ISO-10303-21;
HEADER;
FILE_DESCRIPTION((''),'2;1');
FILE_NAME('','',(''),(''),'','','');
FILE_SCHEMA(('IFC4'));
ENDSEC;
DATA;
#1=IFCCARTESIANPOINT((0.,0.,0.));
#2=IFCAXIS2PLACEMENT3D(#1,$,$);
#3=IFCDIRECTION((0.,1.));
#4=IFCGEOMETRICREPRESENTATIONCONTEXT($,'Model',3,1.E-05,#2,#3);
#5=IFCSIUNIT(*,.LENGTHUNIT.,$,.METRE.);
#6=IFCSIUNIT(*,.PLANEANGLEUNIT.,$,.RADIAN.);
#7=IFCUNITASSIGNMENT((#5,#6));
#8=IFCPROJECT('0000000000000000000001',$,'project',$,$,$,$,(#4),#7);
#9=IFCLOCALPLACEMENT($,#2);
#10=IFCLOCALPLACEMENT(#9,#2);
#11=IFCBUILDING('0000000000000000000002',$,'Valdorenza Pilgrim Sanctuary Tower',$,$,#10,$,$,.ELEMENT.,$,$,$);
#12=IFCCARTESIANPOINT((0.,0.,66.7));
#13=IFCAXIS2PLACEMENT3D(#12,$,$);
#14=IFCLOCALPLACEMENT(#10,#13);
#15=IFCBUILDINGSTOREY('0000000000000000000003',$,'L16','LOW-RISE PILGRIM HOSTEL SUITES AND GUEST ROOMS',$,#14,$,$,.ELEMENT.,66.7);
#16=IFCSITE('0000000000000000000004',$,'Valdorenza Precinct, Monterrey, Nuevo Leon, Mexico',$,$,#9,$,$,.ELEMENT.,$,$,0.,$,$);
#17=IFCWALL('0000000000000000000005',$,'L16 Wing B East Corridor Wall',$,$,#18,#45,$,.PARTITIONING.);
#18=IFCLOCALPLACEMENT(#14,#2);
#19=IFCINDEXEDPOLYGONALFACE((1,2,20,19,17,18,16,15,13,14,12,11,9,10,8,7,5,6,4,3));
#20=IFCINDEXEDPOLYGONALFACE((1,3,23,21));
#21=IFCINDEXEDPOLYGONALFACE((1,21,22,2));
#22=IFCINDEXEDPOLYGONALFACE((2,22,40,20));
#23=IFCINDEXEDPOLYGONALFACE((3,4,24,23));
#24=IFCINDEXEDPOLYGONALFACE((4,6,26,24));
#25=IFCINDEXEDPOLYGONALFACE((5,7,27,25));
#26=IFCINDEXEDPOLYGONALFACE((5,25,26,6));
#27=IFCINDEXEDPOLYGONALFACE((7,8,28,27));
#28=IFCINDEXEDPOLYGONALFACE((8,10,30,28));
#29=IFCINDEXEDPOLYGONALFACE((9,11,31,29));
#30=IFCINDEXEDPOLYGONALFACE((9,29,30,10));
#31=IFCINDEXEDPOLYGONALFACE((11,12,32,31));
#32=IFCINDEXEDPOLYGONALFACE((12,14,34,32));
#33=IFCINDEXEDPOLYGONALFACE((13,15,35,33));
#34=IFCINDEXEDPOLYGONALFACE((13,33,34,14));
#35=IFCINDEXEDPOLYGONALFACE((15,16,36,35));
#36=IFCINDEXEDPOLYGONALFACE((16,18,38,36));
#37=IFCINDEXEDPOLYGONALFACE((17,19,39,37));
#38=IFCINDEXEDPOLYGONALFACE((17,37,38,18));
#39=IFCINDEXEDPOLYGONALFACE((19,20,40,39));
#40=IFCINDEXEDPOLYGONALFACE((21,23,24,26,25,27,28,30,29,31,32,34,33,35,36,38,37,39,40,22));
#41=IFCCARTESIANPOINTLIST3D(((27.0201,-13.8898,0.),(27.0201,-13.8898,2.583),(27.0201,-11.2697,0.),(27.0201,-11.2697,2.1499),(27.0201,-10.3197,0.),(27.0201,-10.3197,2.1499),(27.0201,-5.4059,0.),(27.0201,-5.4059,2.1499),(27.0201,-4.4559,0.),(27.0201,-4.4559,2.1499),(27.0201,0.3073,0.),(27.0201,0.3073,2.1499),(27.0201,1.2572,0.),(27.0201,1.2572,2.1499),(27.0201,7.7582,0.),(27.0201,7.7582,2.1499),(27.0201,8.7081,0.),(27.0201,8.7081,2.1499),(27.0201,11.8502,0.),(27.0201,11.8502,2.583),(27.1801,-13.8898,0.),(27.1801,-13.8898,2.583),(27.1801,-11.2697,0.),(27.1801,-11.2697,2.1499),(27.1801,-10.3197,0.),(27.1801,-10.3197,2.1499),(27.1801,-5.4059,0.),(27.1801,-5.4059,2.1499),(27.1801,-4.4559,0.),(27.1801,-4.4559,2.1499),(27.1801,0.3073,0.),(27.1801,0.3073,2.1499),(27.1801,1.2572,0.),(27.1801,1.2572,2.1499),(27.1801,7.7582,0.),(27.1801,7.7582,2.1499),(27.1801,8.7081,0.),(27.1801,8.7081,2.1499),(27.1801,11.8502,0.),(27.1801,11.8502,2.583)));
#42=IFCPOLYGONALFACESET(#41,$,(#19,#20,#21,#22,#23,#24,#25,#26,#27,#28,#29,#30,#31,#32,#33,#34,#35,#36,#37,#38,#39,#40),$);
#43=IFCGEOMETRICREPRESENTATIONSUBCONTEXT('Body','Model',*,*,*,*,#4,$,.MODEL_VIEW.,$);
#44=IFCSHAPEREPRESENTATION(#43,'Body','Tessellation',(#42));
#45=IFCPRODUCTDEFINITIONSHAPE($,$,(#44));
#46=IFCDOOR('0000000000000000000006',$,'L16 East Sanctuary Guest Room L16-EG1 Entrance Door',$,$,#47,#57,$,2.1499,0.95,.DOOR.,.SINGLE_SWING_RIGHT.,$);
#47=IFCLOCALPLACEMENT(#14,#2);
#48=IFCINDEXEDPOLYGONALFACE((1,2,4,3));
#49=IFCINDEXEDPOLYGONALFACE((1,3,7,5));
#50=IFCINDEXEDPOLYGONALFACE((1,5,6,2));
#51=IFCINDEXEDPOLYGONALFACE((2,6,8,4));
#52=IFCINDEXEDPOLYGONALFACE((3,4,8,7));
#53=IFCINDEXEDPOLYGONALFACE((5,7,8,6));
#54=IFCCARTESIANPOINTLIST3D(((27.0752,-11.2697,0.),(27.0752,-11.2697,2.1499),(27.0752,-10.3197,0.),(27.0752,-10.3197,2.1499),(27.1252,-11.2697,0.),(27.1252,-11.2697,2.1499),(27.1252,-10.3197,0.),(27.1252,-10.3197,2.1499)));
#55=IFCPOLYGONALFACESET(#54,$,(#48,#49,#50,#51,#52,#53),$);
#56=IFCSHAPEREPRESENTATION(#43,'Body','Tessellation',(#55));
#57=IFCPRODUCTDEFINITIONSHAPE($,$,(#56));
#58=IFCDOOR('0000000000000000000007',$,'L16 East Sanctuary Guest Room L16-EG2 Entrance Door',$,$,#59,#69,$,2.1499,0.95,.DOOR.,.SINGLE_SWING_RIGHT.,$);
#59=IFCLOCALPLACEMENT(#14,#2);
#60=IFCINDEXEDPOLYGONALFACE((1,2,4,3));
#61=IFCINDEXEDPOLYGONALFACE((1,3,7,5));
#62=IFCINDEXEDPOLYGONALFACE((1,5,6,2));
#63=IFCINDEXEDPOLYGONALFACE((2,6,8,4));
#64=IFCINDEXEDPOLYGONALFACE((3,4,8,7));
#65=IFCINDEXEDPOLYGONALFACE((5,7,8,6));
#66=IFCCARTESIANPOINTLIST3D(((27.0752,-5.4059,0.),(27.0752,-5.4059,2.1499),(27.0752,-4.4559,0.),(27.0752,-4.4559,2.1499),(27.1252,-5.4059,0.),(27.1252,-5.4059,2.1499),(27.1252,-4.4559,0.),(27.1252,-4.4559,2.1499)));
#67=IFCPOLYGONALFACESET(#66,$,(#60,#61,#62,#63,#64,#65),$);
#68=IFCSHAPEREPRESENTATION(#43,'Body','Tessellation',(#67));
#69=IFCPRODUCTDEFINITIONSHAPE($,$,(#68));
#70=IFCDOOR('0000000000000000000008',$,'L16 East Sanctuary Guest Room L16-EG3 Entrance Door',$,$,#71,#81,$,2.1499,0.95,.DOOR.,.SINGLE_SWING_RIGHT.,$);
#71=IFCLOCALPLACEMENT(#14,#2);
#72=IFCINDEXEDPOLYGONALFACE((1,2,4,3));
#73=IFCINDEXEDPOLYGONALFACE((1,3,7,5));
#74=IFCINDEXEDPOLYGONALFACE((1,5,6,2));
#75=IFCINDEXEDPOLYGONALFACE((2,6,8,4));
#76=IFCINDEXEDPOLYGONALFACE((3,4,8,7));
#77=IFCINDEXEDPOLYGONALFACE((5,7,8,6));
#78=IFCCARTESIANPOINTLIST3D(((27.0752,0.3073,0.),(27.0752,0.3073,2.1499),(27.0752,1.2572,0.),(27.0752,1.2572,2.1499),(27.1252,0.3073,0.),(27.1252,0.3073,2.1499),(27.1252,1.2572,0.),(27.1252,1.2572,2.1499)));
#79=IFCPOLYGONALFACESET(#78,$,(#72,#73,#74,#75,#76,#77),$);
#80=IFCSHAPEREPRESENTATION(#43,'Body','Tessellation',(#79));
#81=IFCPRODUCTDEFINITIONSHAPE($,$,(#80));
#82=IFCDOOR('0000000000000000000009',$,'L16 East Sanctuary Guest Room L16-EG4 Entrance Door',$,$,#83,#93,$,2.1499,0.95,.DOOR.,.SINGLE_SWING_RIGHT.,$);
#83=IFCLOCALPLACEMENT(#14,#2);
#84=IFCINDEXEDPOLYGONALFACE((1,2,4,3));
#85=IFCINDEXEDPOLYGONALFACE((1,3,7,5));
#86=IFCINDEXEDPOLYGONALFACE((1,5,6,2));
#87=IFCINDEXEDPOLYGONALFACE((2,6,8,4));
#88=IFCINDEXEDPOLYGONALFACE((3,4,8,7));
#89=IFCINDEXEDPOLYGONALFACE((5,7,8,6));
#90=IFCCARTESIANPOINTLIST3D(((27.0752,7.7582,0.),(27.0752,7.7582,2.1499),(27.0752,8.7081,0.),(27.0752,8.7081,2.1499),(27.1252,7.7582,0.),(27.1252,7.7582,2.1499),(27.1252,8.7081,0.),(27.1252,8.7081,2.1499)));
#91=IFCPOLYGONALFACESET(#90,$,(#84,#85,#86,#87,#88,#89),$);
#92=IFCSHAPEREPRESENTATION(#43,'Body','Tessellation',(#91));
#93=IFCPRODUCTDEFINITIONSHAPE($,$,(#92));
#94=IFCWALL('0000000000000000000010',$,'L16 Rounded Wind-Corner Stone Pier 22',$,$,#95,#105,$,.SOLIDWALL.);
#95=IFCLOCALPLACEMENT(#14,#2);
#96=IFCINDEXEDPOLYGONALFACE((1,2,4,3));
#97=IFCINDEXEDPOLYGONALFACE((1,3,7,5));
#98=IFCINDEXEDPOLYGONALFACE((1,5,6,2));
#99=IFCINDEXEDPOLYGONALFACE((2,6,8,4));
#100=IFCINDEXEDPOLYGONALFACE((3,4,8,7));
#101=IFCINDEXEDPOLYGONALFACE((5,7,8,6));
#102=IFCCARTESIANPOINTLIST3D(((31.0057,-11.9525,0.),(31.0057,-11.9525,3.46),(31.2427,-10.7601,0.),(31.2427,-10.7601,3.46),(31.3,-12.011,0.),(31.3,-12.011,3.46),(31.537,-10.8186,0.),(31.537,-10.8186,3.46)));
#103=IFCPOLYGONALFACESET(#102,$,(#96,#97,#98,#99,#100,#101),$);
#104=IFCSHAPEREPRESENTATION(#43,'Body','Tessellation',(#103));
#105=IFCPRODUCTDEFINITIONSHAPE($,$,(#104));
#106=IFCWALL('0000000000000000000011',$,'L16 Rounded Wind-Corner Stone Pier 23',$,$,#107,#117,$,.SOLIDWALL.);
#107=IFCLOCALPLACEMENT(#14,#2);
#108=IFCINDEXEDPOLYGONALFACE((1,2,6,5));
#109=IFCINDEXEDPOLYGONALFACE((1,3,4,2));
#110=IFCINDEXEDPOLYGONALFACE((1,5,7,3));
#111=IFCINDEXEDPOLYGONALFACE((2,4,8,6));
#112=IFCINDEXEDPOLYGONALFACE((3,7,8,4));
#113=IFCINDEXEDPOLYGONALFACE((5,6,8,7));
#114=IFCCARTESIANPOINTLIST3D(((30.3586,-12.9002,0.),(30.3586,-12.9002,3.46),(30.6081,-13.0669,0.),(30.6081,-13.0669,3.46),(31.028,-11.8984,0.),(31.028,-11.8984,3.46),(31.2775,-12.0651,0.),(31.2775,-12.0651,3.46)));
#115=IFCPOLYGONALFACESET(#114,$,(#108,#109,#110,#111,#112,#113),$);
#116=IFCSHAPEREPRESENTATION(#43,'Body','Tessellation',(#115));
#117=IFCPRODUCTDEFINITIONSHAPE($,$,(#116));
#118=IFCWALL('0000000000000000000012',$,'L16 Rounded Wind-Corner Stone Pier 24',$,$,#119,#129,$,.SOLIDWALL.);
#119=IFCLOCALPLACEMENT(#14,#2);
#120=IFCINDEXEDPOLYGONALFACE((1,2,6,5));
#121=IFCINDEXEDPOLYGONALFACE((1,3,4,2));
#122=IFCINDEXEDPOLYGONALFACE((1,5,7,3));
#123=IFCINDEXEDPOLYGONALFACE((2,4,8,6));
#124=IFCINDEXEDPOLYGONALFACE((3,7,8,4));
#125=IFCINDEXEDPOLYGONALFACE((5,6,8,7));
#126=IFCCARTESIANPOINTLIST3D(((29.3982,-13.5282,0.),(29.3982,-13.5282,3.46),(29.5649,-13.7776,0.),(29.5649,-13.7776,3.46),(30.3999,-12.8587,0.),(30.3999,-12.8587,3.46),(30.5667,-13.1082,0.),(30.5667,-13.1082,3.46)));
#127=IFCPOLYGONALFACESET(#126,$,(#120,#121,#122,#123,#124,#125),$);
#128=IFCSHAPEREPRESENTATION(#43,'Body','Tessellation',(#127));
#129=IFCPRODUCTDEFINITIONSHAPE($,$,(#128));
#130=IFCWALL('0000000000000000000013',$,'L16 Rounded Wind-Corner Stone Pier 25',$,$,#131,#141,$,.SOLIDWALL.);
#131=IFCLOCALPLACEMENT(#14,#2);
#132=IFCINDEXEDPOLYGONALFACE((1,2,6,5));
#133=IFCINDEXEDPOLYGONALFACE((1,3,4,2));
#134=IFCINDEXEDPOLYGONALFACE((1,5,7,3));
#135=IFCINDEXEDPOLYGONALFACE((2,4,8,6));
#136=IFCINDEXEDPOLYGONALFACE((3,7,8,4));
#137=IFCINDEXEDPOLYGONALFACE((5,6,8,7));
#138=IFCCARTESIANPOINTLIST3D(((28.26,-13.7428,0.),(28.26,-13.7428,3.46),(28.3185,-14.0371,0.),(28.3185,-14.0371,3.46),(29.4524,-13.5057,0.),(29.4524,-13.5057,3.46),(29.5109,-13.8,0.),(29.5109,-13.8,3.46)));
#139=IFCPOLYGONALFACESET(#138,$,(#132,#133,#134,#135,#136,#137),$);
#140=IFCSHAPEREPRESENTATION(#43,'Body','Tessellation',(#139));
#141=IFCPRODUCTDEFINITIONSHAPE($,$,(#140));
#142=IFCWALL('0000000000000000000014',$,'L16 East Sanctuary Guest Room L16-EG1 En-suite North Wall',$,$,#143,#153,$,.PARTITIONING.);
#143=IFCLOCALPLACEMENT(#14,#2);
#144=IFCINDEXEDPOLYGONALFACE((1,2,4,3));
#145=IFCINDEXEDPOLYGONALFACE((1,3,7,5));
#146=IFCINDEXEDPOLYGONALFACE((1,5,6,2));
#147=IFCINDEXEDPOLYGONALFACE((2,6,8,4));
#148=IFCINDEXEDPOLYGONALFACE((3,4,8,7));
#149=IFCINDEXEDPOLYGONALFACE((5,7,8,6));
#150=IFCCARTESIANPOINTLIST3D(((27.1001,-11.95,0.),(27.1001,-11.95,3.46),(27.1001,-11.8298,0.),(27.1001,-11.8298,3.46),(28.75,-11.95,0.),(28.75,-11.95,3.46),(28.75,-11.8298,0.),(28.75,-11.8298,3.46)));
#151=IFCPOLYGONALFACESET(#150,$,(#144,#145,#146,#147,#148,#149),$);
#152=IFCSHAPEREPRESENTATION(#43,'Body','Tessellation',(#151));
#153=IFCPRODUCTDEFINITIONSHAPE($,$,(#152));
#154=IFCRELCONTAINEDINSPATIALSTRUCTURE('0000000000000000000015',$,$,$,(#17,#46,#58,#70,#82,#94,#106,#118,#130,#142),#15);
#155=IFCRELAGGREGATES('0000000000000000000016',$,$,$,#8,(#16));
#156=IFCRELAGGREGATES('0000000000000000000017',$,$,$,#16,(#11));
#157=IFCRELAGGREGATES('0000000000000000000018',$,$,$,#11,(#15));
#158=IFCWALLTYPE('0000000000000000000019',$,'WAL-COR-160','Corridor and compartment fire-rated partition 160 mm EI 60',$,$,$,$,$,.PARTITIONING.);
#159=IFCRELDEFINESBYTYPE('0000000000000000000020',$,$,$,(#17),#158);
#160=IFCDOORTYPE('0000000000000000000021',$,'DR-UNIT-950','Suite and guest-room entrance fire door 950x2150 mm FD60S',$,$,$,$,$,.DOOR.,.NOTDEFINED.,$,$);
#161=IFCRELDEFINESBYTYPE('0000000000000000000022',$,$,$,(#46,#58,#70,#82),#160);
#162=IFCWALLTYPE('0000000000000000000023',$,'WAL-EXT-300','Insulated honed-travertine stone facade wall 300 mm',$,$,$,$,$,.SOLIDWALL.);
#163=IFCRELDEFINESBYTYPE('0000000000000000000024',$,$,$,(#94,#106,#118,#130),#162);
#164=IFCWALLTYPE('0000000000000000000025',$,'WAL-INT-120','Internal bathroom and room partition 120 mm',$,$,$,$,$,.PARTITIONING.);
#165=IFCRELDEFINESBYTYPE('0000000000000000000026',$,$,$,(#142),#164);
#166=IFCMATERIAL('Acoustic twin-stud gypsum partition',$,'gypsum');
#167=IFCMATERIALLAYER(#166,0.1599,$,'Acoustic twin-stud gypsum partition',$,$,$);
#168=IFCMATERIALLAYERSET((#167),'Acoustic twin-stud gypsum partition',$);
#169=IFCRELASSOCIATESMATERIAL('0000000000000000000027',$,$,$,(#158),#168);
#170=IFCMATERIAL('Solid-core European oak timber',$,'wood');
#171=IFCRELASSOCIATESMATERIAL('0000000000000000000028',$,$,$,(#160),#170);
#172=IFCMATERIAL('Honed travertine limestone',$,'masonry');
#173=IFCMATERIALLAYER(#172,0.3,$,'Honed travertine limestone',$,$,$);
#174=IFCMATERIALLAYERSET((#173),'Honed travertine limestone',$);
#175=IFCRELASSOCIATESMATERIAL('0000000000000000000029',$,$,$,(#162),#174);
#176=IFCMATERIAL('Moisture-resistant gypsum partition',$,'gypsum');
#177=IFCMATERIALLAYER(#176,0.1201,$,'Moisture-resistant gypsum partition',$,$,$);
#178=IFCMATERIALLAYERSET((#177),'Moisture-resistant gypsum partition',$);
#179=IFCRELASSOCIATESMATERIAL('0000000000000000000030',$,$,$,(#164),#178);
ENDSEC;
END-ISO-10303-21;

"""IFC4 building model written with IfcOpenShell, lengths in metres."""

from ifc_helpers import new_model, si_unit, direction, frame, frame_2d, origin, place, context, subcontext, project, spatial, rectangle, extrude, material, layer, layer_set, type_object, element, fill, save


model = new_model("IFC4")

# Units and contexts
model_context = context("Model", 3, precision=1e-05, world=origin(), true_north=direction((0.0, 1.0)))
body_context = subcontext(model_context, "Body", "Model", "MODEL_VIEW")
ifc_project = project(units=[si_unit("LENGTHUNIT", "METRE"), si_unit("PLANEANGLEUNIT", "RADIAN")], contexts=[model_context])

# Site, building, storey
site_placement = place(None, origin())
site = spatial("IfcSite", under=ifc_project, at=site_placement, Name="Valdorenza Precinct, Monterrey, Nuevo Leon, Mexico", CompositionType="ELEMENT", RefElevation=0.0)
building_placement = place(site_placement, origin())
building = spatial("IfcBuilding", under=site, at=building_placement, Name="Valdorenza Pilgrim Sanctuary Tower", CompositionType="ELEMENT")
storey_placement = place(building_placement, frame((0.0, 0.0, 66.7)))
storey = spatial("IfcBuildingStorey", under=building, at=storey_placement, Name="L16", Description="LOW-RISE PILGRIM HOSTEL SUITES AND GUEST ROOMS", CompositionType="ELEMENT", Elevation=66.7)

# Shared definitions
ifc_material_1 = material(Name="Honed travertine limestone", Category="masonry")

# Shared definitions
ifc_material_2 = material(Name="Acoustic twin-stud gypsum partition", Category="gypsum")
ifc_layer_1 = layer(ifc_material_2, 0.1599, Name="Acoustic twin-stud gypsum partition")
ifc_layer_set_1 = layer_set([ifc_layer_1], Name="Acoustic twin-stud gypsum partition")
wall_type_1 = type_object("IfcWallType", Name="WAL-COR-160", Description="Corridor and compartment fire-rated partition 160 mm EI 60", PredefinedType="PARTITIONING", material=ifc_layer_set_1)
ifc_material_3 = material(Name="Solid-core European oak timber", Category="wood")
door_type_1 = type_object("IfcDoorType", Name="DR-UNIT-950", Description="Suite and guest-room entrance fire door 950x2150 mm FD60S", OperationType="NOTDEFINED", PredefinedType="DOOR", material=ifc_material_3)

# Wall, openings, doors
wall_1_placement = place(storey_placement, frame((27.1001, -13.8899, 0.0), z_axis=(0.0, 0.0, 1.0), x_axis=(0.0, 1.0, 0.0)))
wall_1 = element("IfcWall", 1, at=wall_1_placement, inside=storey, type_object=wall_type_1, Name="L16 Wing B East Corridor Wall", PredefinedType="PARTITIONING", context=body_context, shape_type="SweptSolid", body=[
    extrude(rectangle(XDim=25.74, YDim=0.1599, at=frame_2d((12.8701, 0.0))), origin(), (0.0, 0.0, 1.0), 2.583),
])
opening_1_placement = place(wall_1_placement, frame((2.6201, 0.0, 0.0)))
opening_1 = element("IfcOpeningElement", 2, at=opening_1_placement, cuts=wall_1, PredefinedType="OPENING", context=body_context, shape_type="SweptSolid", body=[
    extrude(rectangle(XDim=0.95, YDim=2.1499, at=frame_2d((0.4751, 1.075))), frame((0.0, 0.0947, 0.0), z_axis=(0.0, -1.0, 0.0), x_axis=(1.0, 0.0, 0.0)), (0.0, 0.0, 1.0), 0.1897),
])
opening_2_placement = place(wall_1_placement, frame((8.4839, 0.0, 0.0)))
opening_2 = element("IfcOpeningElement", 3, at=opening_2_placement, cuts=wall_1, PredefinedType="OPENING", context=body_context, shape_type="SweptSolid", body=[
    extrude(rectangle(XDim=0.95, YDim=2.1499, at=frame_2d((0.4751, 1.075))), frame((0.0, 0.0947, 0.0), z_axis=(0.0, -1.0, 0.0), x_axis=(1.0, 0.0, 0.0)), (0.0, 0.0, 1.0), 0.1897),
])
opening_3_placement = place(wall_1_placement, frame((14.197, 0.0, 0.0)))
opening_3 = element("IfcOpeningElement", 4, at=opening_3_placement, cuts=wall_1, PredefinedType="OPENING", context=body_context, shape_type="SweptSolid", body=[
    extrude(rectangle(XDim=0.95, YDim=2.1499, at=frame_2d((0.4751, 1.075))), frame((0.0, 0.0947, 0.0), z_axis=(0.0, -1.0, 0.0), x_axis=(1.0, 0.0, 0.0)), (0.0, 0.0, 1.0), 0.1897),
])
opening_4_placement = place(wall_1_placement, frame((21.6479, 0.0, 0.0)))
opening_4 = element("IfcOpeningElement", 5, at=opening_4_placement, cuts=wall_1, PredefinedType="OPENING", context=body_context, shape_type="SweptSolid", body=[
    extrude(rectangle(XDim=0.95, YDim=2.1499, at=frame_2d((0.4751, 1.075))), frame((0.0, 0.0947, 0.0), z_axis=(0.0, -1.0, 0.0), x_axis=(1.0, 0.0, 0.0)), (0.0, 0.0, 1.0), 0.1897),
])
door_1_placement = place(opening_1_placement, origin())
door_1 = element("IfcDoor", 6, at=door_1_placement, inside=storey, type_object=door_type_1, Name="L16 East Sanctuary Guest Room L16-EG1 Entrance Door", OperationType="SINGLE_SWING_RIGHT", OverallHeight=2.1499, OverallWidth=0.95, PredefinedType="DOOR", context=body_context, shape_type="SweptSolid", body=[
    extrude(rectangle(XDim=0.95, YDim=2.1499, at=frame_2d((0.4751, 1.075))), frame((0.0, 0.0249, 0.0), z_axis=(0.0, -1.0, 0.0), x_axis=(1.0, 0.0, 0.0)), (0.0, 0.0, 1.0), 0.05),
])
fill(opening_1, door_1)
door_2_placement = place(opening_2_placement, origin())
door_2 = element("IfcDoor", 7, at=door_2_placement, inside=storey, type_object=door_type_1, Name="L16 East Sanctuary Guest Room L16-EG2 Entrance Door", OperationType="SINGLE_SWING_RIGHT", OverallHeight=2.1499, OverallWidth=0.95, PredefinedType="DOOR", context=body_context, shape_type="SweptSolid", body=[
    extrude(rectangle(XDim=0.95, YDim=2.1499, at=frame_2d((0.4751, 1.075))), frame((0.0, 0.0249, 0.0), z_axis=(0.0, -1.0, 0.0), x_axis=(1.0, 0.0, 0.0)), (0.0, 0.0, 1.0), 0.05),
])
fill(opening_2, door_2)
door_3_placement = place(opening_3_placement, origin())
door_3 = element("IfcDoor", 8, at=door_3_placement, inside=storey, type_object=door_type_1, Name="L16 East Sanctuary Guest Room L16-EG3 Entrance Door", OperationType="SINGLE_SWING_RIGHT", OverallHeight=2.1499, OverallWidth=0.95, PredefinedType="DOOR", context=body_context, shape_type="SweptSolid", body=[
    extrude(rectangle(XDim=0.95, YDim=2.1499, at=frame_2d((0.4751, 1.075))), frame((0.0, 0.0249, 0.0), z_axis=(0.0, -1.0, 0.0), x_axis=(1.0, 0.0, 0.0)), (0.0, 0.0, 1.0), 0.05),
])
fill(opening_3, door_3)
door_4_placement = place(opening_4_placement, origin())
door_4 = element("IfcDoor", 9, at=door_4_placement, inside=storey, type_object=door_type_1, Name="L16 East Sanctuary Guest Room L16-EG4 Entrance Door", OperationType="SINGLE_SWING_RIGHT", OverallHeight=2.1499, OverallWidth=0.95, PredefinedType="DOOR", context=body_context, shape_type="SweptSolid", body=[
    extrude(rectangle(XDim=0.95, YDim=2.1499, at=frame_2d((0.4751, 1.075))), frame((0.0, 0.0249, 0.0), z_axis=(0.0, -1.0, 0.0), x_axis=(1.0, 0.0, 0.0)), (0.0, 0.0, 1.0), 0.05),
])
fill(opening_4, door_4)

# Walls
ifc_layer_2 = layer(ifc_material_1, 0.3, Name="Honed travertine limestone")
ifc_layer_set_2 = layer_set([ifc_layer_2], Name="Honed travertine limestone")
wall_type_2 = type_object("IfcWallType", Name="WAL-EXT-300", Description="Insulated honed-travertine stone facade wall 300 mm", PredefinedType="SOLIDWALL", material=ifc_layer_set_2)
wall_2_placement = place(storey_placement, frame((31.3899, -10.7893, 0.0), z_axis=(0.0, 0.0, 1.0), x_axis=(-0.194996, -0.980804, 0.0)))
element("IfcWall", 10, at=wall_2_placement, inside=storey, type_object=wall_type_2, Name="L16 Rounded Wind-Corner Stone Pier 22", PredefinedType="SOLIDWALL", context=body_context, shape_type="SweptSolid", body=[
    extrude(rectangle(XDim=1.2158, YDim=0.3, at=frame_2d((0.6079, 0.0))), origin(), (0.0, 0.0, 1.0), 3.46),
])
for number, where, z_axis, x_axis, name in (
    (11, (31.1528, -11.9817, 0.0), (0.0, 0.0, 1.0), (-0.555635, -0.831426, 0.0), "L16 Rounded Wind-Corner Stone Pier 23"),
    (12, (30.4834, -12.9834, 0.0), (0.0, 0.0, 1.0), (-0.831426, -0.555635, 0.0), "L16 Rounded Wind-Corner Stone Pier 24"),
):
    element("IfcWall", number, at=place(storey_placement, frame(where, z_axis=z_axis, x_axis=x_axis)), inside=storey, type_object=wall_type_2, Name=name, PredefinedType="SOLIDWALL", context=body_context, shape_type="SweptSolid", body=[
        extrude(rectangle(XDim=1.2048, YDim=0.3, at=frame_2d((0.6025, 0.0))), origin(), (0.0, 0.0, 1.0), 3.46),
    ])
wall_3_placement = place(storey_placement, frame((29.4817, -13.6528, 0.0), z_axis=(0.0, 0.0, 1.0), x_axis=(-0.980804, -0.194996, 0.0)))
element("IfcWall", 13, at=wall_3_placement, inside=storey, type_object=wall_type_2, Name="L16 Rounded Wind-Corner Stone Pier 25", PredefinedType="SOLIDWALL", context=body_context, shape_type="SweptSolid", body=[
    extrude(rectangle(XDim=1.2158, YDim=0.3, at=frame_2d((0.6079, 0.0))), origin(), (0.0, 0.0, 1.0), 3.46),
])
ifc_material_4 = material(Name="Moisture-resistant gypsum partition", Category="gypsum")
ifc_layer_3 = layer(ifc_material_4, 0.1201, Name="Moisture-resistant gypsum partition")
ifc_layer_set_3 = layer_set([ifc_layer_3], Name="Moisture-resistant gypsum partition")
wall_type_3 = type_object("IfcWallType", Name="WAL-INT-120", Description="Internal bathroom and room partition 120 mm", PredefinedType="PARTITIONING", material=ifc_layer_set_3)
wall_4_placement = place(storey_placement, frame((27.1001, -11.8899, 0.0), z_axis=(0.0, 0.0, 1.0), x_axis=(1.0, 0.0, 0.0)))
element("IfcWall", 14, at=wall_4_placement, inside=storey, type_object=wall_type_3, Name="L16 East Sanctuary Guest Room L16-EG1 En-suite North Wall", PredefinedType="PARTITIONING", context=body_context, shape_type="SweptSolid", body=[
    extrude(rectangle(XDim=1.6499, YDim=0.1201, at=frame_2d((0.825, 0.0))), origin(), (0.0, 0.0, 1.0), 3.46),
])

save(model, "model.ifc")
